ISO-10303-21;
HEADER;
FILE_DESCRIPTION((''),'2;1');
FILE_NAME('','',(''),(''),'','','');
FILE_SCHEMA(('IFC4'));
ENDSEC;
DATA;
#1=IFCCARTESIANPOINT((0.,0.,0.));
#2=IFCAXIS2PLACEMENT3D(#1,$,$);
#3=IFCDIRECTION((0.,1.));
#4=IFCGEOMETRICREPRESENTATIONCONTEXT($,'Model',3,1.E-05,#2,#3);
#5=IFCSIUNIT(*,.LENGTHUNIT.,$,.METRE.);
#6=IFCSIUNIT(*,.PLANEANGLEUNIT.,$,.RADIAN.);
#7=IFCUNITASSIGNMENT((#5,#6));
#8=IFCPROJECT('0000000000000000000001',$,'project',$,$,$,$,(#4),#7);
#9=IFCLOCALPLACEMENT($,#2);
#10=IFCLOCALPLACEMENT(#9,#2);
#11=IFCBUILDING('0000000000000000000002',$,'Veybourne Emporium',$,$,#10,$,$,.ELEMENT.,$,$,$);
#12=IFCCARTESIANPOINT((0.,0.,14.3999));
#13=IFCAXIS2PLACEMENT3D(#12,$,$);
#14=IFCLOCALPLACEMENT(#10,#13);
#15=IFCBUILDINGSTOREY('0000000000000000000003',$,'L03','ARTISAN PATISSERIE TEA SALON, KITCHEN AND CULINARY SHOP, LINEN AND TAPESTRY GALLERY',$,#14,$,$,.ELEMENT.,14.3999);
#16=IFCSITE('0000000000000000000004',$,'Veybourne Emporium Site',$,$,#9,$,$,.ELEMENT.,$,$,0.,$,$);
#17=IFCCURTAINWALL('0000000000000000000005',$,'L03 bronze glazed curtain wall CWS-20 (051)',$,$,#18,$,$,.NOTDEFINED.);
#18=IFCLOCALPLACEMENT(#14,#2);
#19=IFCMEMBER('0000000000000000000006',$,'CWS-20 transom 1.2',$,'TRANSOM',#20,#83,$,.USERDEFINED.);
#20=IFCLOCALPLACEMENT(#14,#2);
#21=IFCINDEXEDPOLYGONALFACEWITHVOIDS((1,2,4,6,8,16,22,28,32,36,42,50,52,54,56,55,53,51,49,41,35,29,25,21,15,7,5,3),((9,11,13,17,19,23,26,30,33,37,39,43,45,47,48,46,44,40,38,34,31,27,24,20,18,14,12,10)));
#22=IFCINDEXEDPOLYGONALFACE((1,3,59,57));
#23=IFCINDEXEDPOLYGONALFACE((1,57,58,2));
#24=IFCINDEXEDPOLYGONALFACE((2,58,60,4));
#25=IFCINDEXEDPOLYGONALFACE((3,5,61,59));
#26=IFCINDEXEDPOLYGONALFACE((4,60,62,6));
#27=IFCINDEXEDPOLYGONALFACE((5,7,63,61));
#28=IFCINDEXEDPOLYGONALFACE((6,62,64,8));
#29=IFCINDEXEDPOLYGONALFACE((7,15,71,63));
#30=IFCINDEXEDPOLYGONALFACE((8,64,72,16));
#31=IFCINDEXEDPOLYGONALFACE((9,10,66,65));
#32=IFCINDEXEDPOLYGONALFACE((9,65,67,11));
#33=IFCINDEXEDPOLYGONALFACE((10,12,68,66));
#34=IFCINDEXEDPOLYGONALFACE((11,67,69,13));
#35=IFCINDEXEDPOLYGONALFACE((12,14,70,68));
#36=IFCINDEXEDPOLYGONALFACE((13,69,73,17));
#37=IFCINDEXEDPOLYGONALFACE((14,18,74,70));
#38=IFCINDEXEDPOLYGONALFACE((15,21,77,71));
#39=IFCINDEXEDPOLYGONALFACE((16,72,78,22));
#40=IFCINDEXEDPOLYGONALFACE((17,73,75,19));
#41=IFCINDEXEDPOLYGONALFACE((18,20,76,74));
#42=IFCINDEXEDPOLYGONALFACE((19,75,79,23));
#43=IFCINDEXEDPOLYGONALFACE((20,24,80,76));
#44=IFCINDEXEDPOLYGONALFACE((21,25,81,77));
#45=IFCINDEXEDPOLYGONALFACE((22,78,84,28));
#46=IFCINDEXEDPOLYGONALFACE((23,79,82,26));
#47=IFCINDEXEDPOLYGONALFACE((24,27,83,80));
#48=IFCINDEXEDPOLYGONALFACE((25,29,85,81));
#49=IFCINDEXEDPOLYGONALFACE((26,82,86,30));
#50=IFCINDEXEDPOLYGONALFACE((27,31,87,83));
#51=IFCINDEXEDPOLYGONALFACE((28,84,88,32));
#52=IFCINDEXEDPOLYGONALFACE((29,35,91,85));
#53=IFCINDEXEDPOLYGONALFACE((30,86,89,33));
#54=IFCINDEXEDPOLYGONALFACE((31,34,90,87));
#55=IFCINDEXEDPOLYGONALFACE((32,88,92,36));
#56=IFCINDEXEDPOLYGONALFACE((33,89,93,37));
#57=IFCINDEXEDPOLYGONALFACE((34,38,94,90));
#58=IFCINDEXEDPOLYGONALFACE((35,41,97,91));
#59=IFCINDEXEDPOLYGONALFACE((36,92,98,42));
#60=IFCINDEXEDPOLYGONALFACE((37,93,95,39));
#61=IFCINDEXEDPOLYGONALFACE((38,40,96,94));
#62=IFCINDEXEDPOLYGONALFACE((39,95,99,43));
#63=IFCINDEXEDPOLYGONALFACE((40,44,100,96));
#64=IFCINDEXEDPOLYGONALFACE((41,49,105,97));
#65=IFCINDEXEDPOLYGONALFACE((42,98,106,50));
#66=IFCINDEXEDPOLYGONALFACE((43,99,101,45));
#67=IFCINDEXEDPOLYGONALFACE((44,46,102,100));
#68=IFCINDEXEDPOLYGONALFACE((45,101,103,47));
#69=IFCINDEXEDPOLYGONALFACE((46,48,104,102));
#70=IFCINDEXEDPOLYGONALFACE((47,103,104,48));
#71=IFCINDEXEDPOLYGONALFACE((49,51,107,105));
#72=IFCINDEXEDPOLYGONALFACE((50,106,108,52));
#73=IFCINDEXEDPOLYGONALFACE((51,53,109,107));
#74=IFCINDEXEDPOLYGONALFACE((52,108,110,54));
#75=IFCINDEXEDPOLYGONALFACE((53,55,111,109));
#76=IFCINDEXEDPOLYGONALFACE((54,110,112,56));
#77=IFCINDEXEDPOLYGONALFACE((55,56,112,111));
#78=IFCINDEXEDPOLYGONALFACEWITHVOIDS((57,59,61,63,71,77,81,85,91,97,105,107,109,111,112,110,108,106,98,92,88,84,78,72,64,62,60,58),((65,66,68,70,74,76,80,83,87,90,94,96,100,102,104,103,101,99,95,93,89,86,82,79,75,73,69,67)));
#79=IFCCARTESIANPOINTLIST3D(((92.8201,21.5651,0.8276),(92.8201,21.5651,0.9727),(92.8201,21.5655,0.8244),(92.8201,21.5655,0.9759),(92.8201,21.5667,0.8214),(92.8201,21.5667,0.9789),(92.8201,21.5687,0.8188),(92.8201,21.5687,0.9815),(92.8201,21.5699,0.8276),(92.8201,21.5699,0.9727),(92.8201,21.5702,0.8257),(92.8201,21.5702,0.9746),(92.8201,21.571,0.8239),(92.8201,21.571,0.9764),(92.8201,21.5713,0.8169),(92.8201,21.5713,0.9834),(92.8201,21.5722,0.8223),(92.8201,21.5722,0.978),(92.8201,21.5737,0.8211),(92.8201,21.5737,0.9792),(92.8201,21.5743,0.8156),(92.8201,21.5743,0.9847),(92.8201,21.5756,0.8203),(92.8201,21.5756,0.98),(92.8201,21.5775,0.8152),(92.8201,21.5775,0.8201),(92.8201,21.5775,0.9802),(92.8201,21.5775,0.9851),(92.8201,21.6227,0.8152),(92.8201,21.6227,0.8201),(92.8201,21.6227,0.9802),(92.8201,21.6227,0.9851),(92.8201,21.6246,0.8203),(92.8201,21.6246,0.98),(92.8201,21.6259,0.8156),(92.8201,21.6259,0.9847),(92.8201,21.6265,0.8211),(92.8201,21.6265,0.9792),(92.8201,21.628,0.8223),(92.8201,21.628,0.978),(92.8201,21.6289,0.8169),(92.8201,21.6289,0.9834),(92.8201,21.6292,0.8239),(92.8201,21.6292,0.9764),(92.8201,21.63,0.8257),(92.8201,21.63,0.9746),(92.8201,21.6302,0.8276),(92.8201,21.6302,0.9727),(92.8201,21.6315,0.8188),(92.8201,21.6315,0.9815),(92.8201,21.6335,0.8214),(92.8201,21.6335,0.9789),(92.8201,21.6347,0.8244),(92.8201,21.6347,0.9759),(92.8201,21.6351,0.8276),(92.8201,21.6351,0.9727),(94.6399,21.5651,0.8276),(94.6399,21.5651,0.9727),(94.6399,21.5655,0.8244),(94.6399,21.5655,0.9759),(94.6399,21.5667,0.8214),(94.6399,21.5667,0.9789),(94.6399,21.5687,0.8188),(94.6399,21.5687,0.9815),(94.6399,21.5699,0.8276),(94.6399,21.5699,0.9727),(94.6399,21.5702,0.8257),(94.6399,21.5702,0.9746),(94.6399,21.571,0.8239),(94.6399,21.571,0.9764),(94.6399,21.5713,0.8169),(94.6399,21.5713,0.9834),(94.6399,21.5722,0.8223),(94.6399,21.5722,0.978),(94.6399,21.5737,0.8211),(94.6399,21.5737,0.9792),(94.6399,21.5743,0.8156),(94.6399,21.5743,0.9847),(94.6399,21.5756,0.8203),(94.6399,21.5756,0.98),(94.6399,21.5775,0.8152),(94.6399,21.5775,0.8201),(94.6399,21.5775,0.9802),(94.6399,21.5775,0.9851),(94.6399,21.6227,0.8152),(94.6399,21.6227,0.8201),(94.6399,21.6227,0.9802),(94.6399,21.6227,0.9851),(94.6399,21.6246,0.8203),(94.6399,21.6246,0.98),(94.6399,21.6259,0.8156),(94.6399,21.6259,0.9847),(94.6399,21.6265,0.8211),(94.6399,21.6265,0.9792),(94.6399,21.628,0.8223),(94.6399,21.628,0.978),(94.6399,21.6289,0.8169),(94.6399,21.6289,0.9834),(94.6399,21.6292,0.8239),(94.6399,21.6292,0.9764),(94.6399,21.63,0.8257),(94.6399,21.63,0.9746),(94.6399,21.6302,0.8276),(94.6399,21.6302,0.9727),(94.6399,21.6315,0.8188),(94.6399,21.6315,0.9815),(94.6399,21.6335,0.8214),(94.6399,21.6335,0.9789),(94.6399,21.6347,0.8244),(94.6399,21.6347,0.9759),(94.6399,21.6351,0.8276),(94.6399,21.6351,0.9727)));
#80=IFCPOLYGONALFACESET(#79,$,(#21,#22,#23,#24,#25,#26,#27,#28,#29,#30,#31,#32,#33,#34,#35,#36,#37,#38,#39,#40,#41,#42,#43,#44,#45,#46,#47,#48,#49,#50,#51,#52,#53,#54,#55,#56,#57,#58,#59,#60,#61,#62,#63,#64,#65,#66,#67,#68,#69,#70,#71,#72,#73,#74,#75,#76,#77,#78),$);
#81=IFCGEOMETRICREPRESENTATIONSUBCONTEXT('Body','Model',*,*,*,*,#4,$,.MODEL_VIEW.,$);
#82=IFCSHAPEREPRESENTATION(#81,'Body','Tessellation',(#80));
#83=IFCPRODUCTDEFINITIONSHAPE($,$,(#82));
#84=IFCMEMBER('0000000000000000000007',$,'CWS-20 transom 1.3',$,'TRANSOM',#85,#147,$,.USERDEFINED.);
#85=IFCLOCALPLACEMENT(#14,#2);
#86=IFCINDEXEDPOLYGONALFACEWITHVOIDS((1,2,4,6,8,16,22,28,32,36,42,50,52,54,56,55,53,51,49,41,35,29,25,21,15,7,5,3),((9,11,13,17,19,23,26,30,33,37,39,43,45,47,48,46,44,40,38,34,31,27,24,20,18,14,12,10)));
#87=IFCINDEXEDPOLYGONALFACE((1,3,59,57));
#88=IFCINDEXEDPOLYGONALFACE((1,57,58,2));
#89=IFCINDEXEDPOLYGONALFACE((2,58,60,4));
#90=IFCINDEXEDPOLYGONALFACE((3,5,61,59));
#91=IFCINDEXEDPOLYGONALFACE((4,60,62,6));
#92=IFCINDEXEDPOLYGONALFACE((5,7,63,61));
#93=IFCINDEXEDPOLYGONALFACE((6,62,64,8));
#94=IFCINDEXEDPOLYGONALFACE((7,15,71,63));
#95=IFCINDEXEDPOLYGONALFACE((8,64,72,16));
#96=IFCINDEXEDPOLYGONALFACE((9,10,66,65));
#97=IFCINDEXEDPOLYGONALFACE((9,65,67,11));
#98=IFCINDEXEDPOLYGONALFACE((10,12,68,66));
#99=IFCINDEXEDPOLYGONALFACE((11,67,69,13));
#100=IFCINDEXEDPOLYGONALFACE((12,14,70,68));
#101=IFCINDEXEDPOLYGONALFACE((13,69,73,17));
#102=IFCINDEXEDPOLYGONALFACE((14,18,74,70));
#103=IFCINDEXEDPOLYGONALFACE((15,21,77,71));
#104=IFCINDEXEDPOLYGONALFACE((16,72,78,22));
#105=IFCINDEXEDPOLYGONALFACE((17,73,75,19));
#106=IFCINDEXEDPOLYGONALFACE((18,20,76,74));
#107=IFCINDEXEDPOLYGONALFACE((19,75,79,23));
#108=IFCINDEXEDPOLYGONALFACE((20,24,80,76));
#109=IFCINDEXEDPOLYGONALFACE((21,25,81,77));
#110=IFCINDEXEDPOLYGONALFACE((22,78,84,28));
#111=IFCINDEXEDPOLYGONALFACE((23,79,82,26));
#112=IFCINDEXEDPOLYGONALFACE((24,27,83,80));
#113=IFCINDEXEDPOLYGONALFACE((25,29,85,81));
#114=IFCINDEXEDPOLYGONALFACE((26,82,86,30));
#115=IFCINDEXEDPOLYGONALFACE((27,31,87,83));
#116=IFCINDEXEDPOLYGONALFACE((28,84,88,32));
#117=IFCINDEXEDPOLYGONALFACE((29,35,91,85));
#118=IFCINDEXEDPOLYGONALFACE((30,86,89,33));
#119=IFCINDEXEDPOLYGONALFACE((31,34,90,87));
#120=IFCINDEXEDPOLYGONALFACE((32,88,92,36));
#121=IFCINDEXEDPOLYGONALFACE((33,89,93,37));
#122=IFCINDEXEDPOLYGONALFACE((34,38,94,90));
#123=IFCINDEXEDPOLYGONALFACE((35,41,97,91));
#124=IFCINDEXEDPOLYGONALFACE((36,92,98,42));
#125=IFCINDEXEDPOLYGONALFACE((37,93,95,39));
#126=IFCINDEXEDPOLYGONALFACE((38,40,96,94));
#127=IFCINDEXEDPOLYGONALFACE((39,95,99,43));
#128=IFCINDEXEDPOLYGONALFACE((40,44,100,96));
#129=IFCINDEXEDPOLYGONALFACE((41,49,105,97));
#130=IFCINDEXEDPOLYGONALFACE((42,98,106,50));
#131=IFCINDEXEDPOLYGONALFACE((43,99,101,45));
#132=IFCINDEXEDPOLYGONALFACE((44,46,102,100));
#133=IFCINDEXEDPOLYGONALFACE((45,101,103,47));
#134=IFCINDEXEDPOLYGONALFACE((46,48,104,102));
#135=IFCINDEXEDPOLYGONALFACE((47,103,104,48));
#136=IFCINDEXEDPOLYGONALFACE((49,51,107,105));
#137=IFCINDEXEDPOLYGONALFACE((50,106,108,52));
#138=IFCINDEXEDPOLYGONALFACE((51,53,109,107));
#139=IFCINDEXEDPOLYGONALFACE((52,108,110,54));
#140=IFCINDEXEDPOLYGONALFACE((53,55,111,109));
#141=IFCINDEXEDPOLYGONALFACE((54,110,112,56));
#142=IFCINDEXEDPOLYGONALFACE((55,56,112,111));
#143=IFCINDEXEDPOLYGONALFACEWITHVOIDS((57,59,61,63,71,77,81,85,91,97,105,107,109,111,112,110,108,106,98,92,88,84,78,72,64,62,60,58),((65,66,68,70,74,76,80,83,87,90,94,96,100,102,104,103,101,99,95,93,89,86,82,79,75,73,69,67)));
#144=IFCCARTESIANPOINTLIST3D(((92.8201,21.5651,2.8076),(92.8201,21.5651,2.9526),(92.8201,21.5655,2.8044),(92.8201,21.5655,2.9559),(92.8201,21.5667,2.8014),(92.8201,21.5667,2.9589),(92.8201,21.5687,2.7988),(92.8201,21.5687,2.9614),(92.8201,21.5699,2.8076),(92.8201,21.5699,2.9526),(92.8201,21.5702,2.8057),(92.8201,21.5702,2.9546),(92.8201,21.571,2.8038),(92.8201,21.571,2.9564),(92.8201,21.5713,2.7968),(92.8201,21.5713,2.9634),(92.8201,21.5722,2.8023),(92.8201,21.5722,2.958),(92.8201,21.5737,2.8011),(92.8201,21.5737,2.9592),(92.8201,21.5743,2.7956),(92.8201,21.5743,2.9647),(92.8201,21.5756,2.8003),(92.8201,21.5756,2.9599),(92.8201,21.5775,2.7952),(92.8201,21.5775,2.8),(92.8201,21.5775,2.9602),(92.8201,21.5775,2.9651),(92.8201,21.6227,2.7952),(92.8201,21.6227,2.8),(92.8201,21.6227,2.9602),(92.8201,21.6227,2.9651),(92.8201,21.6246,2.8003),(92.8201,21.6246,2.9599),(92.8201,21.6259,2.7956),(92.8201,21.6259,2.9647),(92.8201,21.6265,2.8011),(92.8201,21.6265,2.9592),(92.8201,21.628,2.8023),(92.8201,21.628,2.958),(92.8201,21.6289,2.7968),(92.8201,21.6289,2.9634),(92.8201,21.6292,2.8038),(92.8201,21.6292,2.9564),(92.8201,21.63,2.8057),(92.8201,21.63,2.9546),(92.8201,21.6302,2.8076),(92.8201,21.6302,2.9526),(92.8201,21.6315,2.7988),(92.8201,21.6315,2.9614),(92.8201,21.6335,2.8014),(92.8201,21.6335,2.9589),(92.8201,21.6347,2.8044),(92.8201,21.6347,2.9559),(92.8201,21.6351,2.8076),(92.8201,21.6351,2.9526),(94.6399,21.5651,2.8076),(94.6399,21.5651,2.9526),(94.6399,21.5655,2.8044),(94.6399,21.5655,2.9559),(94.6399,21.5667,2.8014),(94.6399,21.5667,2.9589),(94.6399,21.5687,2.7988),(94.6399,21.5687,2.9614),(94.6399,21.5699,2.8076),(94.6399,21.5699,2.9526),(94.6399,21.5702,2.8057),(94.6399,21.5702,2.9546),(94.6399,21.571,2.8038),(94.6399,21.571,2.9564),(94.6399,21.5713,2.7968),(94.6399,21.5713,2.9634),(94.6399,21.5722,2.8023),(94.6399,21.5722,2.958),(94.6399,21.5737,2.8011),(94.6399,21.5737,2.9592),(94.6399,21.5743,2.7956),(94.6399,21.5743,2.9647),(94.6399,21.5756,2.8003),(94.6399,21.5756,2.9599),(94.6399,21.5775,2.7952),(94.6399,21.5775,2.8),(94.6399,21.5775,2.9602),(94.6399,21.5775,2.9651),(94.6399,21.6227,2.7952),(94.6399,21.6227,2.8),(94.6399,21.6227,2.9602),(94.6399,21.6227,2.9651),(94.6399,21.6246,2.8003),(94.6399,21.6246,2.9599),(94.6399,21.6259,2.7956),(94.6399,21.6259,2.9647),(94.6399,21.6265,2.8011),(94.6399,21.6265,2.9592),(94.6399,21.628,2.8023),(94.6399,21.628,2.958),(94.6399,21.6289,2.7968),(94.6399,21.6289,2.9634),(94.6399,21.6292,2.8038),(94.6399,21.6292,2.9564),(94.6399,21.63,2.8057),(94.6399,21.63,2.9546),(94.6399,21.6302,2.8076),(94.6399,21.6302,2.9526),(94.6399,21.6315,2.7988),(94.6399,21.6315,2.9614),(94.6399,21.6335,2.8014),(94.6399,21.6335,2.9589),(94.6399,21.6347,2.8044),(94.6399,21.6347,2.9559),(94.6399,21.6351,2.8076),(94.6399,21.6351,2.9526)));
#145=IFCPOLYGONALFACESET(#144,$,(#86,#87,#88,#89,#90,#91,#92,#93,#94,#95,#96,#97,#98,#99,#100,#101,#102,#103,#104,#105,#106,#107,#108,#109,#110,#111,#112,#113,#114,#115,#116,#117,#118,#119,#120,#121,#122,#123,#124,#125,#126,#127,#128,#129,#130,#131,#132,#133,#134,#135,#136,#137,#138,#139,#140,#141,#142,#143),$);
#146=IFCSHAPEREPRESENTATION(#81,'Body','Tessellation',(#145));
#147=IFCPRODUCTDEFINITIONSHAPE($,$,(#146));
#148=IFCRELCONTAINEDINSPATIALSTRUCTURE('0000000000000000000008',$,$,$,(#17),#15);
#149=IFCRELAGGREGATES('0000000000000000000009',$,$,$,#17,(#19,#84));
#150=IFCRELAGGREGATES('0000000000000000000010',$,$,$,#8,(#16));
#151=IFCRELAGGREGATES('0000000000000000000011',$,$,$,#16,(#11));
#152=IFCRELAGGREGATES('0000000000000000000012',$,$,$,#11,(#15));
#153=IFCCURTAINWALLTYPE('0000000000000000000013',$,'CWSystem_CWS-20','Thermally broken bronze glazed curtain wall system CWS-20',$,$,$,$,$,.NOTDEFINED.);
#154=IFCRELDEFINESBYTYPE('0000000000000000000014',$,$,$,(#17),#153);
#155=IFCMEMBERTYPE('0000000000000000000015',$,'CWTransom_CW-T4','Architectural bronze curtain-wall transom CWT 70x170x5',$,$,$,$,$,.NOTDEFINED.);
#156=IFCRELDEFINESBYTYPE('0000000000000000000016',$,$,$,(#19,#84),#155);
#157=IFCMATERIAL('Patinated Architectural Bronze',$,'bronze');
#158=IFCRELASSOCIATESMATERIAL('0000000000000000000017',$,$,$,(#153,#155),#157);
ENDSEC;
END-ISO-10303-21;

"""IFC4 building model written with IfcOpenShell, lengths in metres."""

from ifc_helpers import new_model, si_unit, direction, frame, origin, origin_2d, place, context, subcontext, project, spatial, hollow_rectangle, extrude, material, material_profile, profile_set, type_object, element, aggregate, save


model = new_model("IFC4")

# Units and contexts
model_context = context("Model", 3, precision=1e-05, world=origin(), true_north=direction((0.0, 1.0)))
body_context = subcontext(model_context, "Body", "Model", "MODEL_VIEW")
ifc_project = project(units=[si_unit("LENGTHUNIT", "METRE"), si_unit("PLANEANGLEUNIT", "RADIAN")], contexts=[model_context])

# Site, building, storey
site_placement = place(None, origin())
site = spatial("IfcSite", under=ifc_project, at=site_placement, Name="Veybourne Emporium Site", CompositionType="ELEMENT", RefElevation=0.0)
building_placement = place(site_placement, origin())
building = spatial("IfcBuilding", under=site, at=building_placement, Name="Veybourne Emporium", CompositionType="ELEMENT")
storey_placement = place(building_placement, frame((0.0, 0.0, 14.3999)))
storey = spatial("IfcBuildingStorey", under=building, at=storey_placement, Name="L03", Description="ARTISAN PATISSERIE TEA SALON, KITCHEN AND CULINARY SHOP, LINEN AND TAPESTRY GALLERY", CompositionType="ELEMENT", Elevation=14.3999)

# Curtain wall, members
ifc_material_1 = material(Name="Patinated Architectural Bronze", Category="bronze")
curtain_wall_type = type_object("IfcCurtainWallType", Name="CWSystem_CWS-20", Description="Thermally broken bronze glazed curtain wall system CWS-20", PredefinedType="NOTDEFINED", material=ifc_material_1)
curtain_wall_placement = place(storey_placement, origin())
curtain_wall = element("IfcCurtainWall", 1, at=curtain_wall_placement, inside=storey, type_object=curtain_wall_type, Name="L03 bronze glazed curtain wall CWS-20 (051)", PredefinedType="NOTDEFINED")
ifc_material_profile_1 = material_profile(ifc_material_1, hollow_rectangle(XDim=0.0701, YDim=0.1699, WallThickness=0.0049, InnerFilletRadius=0.0076, OuterFilletRadius=0.0125, at=origin_2d()), Name="CWT 70x170x5")
ifc_profile_set_1 = profile_set([ifc_material_profile_1], Name="Patinated Architectural Bronze")
member_type_1 = type_object("IfcMemberType", Name="CWTransom_CW-T4", Description="Architectural bronze curtain-wall transom CWT 70x170x5", PredefinedType="NOTDEFINED", material=ifc_profile_set_1)
member_1_placement = place(storey_placement, frame((92.8201, 21.6001, 0.9001), z_axis=(1.0, 0.0, 0.0), x_axis=(0.0, 1.0, 0.0)))
member_1 = element("IfcMember", 2, at=member_1_placement, type_object=member_type_1, Name="CWS-20 transom 1.2", ObjectType="TRANSOM", PredefinedType="USERDEFINED", context=body_context, shape_type="SweptSolid", body=[
    extrude(hollow_rectangle(XDim=0.0701, YDim=0.1699, WallThickness=0.0049, InnerFilletRadius=0.0076, OuterFilletRadius=0.0125, at=origin_2d()), origin(), (0.0, 0.0, 1.0), 1.8198),
])
member_2_placement = place(storey_placement, frame((92.8201, 21.6001, 2.8801), z_axis=(1.0, 0.0, 0.0), x_axis=(0.0, 1.0, 0.0)))
member_2 = element("IfcMember", 3, at=member_2_placement, type_object=member_type_1, Name="CWS-20 transom 1.3", ObjectType="TRANSOM", PredefinedType="USERDEFINED", context=body_context, shape_type="SweptSolid", body=[
    extrude(hollow_rectangle(XDim=0.0701, YDim=0.1699, WallThickness=0.0049, InnerFilletRadius=0.0076, OuterFilletRadius=0.0125, at=origin_2d()), origin(), (0.0, 0.0, 1.0), 1.8198),
])

aggregate(curtain_wall, [member_1, member_2])

save(model, "model.ifc")
